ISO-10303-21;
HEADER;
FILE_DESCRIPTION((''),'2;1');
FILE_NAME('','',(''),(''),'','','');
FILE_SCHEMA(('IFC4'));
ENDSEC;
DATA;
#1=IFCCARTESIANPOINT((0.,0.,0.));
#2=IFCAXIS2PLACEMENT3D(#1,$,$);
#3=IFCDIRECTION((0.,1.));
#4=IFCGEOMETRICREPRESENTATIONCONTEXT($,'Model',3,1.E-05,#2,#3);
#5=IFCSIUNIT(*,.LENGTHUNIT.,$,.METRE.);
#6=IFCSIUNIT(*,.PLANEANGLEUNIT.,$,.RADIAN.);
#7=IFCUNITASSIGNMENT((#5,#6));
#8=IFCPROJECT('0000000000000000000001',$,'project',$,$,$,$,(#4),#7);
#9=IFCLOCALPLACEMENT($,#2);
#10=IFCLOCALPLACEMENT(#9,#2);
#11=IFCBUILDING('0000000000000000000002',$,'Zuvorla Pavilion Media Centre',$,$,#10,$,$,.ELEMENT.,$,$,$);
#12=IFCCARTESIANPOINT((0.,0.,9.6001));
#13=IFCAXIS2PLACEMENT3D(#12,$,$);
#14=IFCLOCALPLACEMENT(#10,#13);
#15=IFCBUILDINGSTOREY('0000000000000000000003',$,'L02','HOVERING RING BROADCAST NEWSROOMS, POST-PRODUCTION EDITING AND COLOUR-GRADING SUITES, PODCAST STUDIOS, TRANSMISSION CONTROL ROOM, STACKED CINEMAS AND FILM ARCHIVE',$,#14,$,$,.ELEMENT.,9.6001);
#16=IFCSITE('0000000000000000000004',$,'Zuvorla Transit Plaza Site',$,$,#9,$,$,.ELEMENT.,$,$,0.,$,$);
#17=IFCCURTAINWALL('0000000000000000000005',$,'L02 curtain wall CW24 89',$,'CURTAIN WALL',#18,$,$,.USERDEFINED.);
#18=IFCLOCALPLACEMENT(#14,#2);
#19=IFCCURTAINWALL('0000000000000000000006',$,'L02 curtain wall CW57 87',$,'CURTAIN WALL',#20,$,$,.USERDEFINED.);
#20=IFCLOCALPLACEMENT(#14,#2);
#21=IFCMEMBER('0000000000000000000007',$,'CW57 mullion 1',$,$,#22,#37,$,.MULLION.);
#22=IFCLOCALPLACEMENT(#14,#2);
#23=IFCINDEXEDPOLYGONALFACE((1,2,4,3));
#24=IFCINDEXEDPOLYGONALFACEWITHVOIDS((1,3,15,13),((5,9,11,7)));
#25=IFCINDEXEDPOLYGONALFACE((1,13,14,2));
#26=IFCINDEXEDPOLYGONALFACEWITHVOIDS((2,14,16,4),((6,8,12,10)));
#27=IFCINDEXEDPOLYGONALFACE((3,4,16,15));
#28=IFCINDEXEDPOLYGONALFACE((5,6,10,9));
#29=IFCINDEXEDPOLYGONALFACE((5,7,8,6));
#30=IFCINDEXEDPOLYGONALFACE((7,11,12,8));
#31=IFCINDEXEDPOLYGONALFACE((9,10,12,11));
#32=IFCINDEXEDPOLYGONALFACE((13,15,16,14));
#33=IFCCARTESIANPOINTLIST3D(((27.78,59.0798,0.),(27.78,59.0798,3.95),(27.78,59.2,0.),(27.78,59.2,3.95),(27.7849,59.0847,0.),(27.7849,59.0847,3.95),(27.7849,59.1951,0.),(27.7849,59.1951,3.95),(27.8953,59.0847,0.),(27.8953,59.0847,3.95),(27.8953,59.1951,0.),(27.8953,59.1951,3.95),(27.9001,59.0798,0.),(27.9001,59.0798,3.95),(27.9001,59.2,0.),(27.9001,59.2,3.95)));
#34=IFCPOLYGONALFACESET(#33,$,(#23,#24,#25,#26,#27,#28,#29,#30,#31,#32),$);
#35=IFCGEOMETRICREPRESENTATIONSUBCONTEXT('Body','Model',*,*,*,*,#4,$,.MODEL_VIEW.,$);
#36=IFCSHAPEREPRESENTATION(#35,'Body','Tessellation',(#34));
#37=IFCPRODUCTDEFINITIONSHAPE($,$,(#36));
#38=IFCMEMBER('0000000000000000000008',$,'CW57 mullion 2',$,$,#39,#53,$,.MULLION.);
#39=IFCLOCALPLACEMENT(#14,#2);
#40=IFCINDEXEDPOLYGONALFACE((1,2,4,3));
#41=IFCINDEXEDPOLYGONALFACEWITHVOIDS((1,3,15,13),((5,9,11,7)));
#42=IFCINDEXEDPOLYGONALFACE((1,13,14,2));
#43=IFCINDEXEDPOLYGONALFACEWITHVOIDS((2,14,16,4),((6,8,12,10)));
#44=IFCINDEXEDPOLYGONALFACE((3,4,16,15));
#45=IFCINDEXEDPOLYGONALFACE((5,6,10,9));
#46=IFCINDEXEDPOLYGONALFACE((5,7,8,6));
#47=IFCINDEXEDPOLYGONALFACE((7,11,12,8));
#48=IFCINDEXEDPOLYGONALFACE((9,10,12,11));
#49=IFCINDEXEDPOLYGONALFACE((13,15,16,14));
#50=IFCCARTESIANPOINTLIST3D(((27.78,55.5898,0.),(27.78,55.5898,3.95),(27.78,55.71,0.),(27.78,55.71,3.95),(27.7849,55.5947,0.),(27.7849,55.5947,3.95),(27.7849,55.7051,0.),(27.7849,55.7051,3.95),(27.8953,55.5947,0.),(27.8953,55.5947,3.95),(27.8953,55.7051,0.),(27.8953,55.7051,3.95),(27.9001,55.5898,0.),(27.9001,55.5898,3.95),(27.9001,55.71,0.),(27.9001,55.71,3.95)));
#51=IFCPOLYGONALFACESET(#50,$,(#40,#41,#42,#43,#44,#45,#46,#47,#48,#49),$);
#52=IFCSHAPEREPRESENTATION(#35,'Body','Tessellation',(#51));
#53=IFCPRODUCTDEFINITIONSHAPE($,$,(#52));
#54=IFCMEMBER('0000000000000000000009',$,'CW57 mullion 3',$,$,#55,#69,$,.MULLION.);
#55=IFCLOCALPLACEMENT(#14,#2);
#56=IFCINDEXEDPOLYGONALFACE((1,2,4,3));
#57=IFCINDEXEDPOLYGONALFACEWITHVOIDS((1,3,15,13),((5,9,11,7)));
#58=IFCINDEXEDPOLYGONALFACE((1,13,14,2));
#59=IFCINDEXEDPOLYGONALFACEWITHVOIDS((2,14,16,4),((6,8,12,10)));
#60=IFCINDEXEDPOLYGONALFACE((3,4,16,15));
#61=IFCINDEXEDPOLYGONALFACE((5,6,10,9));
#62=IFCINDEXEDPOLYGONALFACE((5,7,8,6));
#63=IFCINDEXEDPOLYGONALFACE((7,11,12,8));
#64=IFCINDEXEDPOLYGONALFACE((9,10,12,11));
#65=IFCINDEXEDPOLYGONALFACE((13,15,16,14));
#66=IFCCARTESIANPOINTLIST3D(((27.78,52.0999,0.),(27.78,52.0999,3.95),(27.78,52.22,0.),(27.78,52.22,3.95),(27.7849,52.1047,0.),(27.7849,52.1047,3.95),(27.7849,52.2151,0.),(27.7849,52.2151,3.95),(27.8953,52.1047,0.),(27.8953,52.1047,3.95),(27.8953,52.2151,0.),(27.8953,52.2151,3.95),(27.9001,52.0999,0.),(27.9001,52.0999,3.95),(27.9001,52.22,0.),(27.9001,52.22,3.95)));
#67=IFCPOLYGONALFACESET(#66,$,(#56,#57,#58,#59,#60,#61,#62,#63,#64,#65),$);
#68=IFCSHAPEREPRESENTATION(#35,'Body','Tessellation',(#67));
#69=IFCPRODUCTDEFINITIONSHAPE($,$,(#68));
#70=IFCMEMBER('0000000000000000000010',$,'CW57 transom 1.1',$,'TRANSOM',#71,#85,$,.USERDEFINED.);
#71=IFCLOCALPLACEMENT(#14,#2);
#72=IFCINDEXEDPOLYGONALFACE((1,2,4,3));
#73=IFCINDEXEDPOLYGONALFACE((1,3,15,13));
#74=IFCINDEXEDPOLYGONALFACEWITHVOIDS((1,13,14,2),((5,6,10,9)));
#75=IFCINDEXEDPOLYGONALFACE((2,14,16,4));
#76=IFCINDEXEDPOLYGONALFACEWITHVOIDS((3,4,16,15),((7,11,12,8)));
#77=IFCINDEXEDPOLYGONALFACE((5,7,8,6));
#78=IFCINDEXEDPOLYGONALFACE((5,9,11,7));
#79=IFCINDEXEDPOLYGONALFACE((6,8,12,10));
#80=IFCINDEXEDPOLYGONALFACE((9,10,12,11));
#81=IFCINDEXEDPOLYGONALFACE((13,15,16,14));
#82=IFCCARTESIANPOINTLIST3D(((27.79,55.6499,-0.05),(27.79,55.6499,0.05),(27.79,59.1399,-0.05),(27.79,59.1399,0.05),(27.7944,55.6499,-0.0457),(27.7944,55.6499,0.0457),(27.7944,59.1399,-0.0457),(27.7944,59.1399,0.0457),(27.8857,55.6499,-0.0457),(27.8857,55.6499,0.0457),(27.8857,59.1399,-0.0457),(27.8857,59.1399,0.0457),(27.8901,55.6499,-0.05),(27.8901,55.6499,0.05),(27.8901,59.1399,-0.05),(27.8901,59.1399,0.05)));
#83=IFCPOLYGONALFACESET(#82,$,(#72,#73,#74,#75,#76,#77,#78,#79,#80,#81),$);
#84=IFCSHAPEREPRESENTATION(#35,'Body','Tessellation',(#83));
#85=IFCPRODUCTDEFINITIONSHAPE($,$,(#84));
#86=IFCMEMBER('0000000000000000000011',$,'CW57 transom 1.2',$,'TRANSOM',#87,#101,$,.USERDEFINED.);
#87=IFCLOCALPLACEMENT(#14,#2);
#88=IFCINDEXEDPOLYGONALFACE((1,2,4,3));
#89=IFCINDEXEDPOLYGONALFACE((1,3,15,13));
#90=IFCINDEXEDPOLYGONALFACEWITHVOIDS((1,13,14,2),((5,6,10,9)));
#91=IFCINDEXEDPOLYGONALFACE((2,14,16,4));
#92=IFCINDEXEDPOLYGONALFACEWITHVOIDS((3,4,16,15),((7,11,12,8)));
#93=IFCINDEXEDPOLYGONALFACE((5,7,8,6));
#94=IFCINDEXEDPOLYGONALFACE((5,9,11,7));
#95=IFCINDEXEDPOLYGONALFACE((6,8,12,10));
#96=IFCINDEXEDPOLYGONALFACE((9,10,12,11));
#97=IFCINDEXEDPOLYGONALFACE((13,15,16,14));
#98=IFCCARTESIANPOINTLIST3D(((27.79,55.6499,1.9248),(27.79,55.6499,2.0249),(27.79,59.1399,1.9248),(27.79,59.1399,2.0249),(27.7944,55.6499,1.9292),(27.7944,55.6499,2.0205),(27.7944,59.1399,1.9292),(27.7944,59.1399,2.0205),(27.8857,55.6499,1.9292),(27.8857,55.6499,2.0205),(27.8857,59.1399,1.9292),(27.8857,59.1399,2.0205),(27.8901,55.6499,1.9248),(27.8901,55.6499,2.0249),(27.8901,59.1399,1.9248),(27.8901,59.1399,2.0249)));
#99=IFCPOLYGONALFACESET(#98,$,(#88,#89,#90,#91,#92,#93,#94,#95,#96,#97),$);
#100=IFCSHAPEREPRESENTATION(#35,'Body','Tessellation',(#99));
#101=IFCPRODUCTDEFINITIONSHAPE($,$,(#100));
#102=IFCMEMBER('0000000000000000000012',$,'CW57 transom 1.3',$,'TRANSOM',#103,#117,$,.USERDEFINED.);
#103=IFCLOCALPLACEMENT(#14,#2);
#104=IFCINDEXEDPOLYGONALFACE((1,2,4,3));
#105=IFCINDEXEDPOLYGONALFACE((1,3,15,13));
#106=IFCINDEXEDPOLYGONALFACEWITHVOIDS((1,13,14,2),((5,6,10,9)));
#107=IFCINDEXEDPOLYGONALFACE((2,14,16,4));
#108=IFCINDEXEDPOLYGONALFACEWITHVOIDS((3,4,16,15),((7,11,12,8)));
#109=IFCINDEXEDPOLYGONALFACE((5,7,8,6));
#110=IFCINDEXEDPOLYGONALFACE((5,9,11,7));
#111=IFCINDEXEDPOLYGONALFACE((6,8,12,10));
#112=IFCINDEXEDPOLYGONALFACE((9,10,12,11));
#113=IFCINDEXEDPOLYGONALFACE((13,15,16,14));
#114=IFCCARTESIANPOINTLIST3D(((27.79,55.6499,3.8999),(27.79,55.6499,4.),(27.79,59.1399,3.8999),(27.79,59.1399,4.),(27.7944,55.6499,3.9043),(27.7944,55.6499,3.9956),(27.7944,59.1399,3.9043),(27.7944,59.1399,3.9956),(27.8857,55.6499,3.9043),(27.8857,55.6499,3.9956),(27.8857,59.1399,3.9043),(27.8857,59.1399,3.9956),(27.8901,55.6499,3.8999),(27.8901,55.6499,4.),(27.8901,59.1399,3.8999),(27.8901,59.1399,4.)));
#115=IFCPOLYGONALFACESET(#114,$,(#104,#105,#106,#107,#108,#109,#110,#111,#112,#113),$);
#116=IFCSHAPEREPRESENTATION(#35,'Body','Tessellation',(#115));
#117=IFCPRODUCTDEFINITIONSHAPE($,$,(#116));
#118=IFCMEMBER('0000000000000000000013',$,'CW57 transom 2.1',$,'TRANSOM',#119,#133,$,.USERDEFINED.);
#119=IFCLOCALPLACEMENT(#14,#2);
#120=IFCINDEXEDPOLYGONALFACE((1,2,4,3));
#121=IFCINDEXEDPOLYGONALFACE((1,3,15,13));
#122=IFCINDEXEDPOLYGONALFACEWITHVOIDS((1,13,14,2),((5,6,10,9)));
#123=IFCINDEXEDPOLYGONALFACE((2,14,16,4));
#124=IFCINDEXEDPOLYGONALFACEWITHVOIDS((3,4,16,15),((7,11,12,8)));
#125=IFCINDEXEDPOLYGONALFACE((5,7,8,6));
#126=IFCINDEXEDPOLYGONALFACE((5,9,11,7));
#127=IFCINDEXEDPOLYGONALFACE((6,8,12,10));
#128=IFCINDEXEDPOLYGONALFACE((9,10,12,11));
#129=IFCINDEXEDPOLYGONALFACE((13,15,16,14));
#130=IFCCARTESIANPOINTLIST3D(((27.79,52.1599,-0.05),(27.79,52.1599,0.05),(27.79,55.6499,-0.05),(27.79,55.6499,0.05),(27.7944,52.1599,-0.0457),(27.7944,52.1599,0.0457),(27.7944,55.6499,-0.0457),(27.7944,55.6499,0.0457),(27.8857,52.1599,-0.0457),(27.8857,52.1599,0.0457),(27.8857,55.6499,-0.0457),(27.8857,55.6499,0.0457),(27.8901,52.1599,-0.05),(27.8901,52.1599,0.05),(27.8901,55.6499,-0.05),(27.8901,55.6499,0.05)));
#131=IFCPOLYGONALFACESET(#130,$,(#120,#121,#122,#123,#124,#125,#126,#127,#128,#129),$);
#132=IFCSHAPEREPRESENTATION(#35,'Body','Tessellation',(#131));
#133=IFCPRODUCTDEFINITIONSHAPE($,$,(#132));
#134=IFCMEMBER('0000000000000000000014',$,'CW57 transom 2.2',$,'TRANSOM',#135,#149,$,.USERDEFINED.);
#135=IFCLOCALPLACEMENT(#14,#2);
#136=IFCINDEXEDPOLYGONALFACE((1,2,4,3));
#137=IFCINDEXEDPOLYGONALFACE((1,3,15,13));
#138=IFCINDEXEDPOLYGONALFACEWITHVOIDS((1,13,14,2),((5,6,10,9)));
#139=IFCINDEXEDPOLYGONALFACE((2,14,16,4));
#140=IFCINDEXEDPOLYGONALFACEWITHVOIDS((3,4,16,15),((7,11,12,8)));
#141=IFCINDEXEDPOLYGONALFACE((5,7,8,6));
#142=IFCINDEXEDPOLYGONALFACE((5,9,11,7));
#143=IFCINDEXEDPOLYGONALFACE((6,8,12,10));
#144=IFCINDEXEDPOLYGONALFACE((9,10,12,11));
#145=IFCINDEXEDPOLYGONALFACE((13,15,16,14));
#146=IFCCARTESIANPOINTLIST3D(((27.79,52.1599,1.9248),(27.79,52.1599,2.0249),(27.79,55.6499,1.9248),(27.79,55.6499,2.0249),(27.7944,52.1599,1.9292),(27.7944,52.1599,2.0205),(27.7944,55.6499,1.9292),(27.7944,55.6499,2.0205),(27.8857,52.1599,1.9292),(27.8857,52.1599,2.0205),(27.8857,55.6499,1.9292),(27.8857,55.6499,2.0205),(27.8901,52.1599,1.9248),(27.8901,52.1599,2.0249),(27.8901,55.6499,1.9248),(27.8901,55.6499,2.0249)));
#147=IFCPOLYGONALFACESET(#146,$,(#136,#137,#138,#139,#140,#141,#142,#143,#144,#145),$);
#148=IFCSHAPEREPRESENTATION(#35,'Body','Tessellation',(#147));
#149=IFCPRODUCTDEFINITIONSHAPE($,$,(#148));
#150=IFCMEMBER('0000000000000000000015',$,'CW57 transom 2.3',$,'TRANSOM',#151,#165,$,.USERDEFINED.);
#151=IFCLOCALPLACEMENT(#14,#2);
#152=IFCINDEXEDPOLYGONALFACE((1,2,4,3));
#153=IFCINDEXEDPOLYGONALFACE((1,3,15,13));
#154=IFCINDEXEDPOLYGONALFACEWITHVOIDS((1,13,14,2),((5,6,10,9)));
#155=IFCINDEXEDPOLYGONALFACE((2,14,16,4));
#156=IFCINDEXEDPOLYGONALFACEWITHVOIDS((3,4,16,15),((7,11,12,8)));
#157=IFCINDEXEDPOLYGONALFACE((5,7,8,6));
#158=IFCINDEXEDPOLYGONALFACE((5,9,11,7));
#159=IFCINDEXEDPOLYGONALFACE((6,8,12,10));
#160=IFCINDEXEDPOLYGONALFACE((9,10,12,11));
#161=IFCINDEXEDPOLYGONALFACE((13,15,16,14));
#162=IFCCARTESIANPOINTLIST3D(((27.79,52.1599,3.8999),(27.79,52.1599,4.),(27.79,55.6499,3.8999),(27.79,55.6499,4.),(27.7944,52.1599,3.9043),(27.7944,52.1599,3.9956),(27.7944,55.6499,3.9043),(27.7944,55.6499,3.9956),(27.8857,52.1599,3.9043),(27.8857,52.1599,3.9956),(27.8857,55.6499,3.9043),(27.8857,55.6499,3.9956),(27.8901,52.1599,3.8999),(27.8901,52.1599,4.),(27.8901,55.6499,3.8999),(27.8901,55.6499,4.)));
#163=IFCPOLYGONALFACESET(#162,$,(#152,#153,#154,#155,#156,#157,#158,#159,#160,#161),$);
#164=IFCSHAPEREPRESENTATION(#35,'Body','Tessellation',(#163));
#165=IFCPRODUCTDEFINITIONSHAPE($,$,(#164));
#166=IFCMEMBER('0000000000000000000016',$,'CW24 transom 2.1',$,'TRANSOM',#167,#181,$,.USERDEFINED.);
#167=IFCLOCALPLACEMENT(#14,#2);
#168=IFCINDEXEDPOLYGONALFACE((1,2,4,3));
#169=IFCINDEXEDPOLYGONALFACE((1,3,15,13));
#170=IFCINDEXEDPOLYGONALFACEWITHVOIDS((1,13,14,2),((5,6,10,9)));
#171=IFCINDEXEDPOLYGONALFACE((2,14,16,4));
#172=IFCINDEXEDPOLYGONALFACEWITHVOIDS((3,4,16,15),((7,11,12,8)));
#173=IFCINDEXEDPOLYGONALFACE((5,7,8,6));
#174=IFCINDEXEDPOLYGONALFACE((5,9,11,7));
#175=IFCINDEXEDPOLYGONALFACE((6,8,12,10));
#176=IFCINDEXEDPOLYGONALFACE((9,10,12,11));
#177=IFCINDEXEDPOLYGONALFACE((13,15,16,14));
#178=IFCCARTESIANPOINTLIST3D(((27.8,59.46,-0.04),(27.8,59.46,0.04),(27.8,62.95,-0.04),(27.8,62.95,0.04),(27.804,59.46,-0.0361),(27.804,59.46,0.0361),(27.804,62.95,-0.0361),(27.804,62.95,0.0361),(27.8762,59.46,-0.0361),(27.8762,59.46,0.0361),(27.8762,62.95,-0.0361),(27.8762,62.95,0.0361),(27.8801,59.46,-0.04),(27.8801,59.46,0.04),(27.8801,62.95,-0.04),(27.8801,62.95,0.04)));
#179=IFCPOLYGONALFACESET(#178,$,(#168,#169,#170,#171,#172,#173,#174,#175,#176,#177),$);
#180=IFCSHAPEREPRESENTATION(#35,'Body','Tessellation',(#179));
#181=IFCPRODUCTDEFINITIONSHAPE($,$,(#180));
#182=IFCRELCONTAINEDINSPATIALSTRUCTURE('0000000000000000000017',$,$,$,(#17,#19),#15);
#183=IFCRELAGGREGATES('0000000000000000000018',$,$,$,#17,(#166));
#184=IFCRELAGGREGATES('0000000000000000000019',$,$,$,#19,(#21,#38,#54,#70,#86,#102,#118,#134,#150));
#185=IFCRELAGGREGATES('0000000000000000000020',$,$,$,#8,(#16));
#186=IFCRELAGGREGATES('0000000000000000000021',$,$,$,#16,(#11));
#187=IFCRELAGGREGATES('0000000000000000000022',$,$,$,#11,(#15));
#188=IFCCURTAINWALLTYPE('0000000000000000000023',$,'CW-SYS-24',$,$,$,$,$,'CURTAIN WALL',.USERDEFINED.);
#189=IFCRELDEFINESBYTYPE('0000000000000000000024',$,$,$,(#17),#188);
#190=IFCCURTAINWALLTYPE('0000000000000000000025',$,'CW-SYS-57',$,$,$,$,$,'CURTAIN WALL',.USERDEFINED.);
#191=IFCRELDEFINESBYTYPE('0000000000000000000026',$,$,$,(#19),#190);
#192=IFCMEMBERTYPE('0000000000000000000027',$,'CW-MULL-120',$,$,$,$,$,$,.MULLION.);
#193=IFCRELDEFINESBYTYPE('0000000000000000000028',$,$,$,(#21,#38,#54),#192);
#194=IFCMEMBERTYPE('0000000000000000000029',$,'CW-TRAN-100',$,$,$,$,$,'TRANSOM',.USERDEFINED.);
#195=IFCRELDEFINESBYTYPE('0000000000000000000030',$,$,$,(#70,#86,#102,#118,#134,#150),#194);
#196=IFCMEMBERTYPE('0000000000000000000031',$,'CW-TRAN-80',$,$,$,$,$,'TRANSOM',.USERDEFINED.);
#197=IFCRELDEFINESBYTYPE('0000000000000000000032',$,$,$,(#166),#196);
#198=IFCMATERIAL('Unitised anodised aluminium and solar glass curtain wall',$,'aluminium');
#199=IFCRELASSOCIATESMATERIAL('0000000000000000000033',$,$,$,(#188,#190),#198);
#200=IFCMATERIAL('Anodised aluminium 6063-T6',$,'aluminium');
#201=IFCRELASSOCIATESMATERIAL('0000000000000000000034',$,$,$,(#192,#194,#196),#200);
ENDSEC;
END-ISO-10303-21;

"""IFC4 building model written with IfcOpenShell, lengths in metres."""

from ifc_helpers import new_model, si_unit, direction, frame, origin, origin_2d, place, context, subcontext, project, spatial, hollow_rectangle, extrude, material, material_profile, profile_set, type_object, element, aggregate, save


model = new_model("IFC4")

# Units and contexts
model_context = context("Model", 3, precision=1e-05, world=origin(), true_north=direction((0.0, 1.0)))
body_context = subcontext(model_context, "Body", "Model", "MODEL_VIEW")
ifc_project = project(units=[si_unit("LENGTHUNIT", "METRE"), si_unit("PLANEANGLEUNIT", "RADIAN")], contexts=[model_context])

# Site, building, storey
site_placement = place(None, origin())
site = spatial("IfcSite", under=ifc_project, at=site_placement, Name="Zuvorla Transit Plaza Site", CompositionType="ELEMENT", RefElevation=0.0)
building_placement = place(site_placement, origin())
building = spatial("IfcBuilding", under=site, at=building_placement, Name="Zuvorla Pavilion Media Centre", CompositionType="ELEMENT")
storey_placement = place(building_placement, frame((0.0, 0.0, 9.6001)))
storey = spatial("IfcBuildingStorey", under=building, at=storey_placement, Name="L02", Description="HOVERING RING BROADCAST NEWSROOMS, POST-PRODUCTION EDITING AND COLOUR-GRADING SUITES, PODCAST STUDIOS, TRANSMISSION CONTROL ROOM, STACKED CINEMAS AND FILM ARCHIVE", CompositionType="ELEMENT", Elevation=9.6001)

# Curtain walls, members
ifc_material_1 = material(Name="Unitised anodised aluminium and solar glass curtain wall", Category="aluminium")
curtain_wall_type_1 = type_object("IfcCurtainWallType", Name="CW-SYS-24", ElementType="CURTAIN WALL", PredefinedType="USERDEFINED", material=ifc_material_1)
curtain_wall_1_placement = place(storey_placement, origin())
curtain_wall_1 = element("IfcCurtainWall", 1, at=curtain_wall_1_placement, inside=storey, type_object=curtain_wall_type_1, Name="L02 curtain wall CW24 89", ObjectType="CURTAIN WALL", PredefinedType="USERDEFINED")
ifc_material_2 = material(Name="Anodised aluminium 6063-T6", Category="aluminium")
curtain_wall_type_2 = type_object("IfcCurtainWallType", Name="CW-SYS-57", ElementType="CURTAIN WALL", PredefinedType="USERDEFINED", material=ifc_material_1)
curtain_wall_2_placement = place(storey_placement, origin())
curtain_wall_2 = element("IfcCurtainWall", 2, at=curtain_wall_2_placement, inside=storey, type_object=curtain_wall_type_2, Name="L02 curtain wall CW57 87", ObjectType="CURTAIN WALL", PredefinedType="USERDEFINED")
ifc_material_profile_1 = material_profile(ifc_material_2, hollow_rectangle(XDim=0.1201, YDim=0.1201, WallThickness=0.0049, at=origin_2d()), Name="ALU MULL 120x120")
ifc_profile_set_1 = profile_set([ifc_material_profile_1], Name="Anodised aluminium 6063-T6")
member_type_1 = type_object("IfcMemberType", Name="CW-MULL-120", PredefinedType="MULLION", material=ifc_profile_set_1)
member_1_placement = place(storey_placement, frame((27.8401, 59.1399, 0.0), z_axis=(0.0, 0.0, 1.0), x_axis=(1.0, 0.0, 0.0)))
member_1 = element("IfcMember", 3, at=member_1_placement, type_object=member_type_1, Name="CW57 mullion 1", PredefinedType="MULLION", context=body_context, shape_type="SweptSolid", body=[
    extrude(hollow_rectangle(XDim=0.1201, YDim=0.1201, WallThickness=0.0049, at=origin_2d()), origin(), (0.0, 0.0, 1.0), 3.95),
])
member_2_placement = place(storey_placement, frame((27.8401, 55.6499, 0.0), z_axis=(0.0, 0.0, 1.0), x_axis=(1.0, 0.0, 0.0)))
member_2 = element("IfcMember", 4, at=member_2_placement, type_object=member_type_1, Name="CW57 mullion 2", PredefinedType="MULLION", context=body_context, shape_type="SweptSolid", body=[
    extrude(hollow_rectangle(XDim=0.1201, YDim=0.1201, WallThickness=0.0049, at=origin_2d()), origin(), (0.0, 0.0, 1.0), 3.95),
])
member_3_placement = place(storey_placement, frame((27.8401, 52.1599, 0.0), z_axis=(0.0, 0.0, 1.0), x_axis=(1.0, 0.0, 0.0)))
member_3 = element("IfcMember", 5, at=member_3_placement, type_object=member_type_1, Name="CW57 mullion 3", PredefinedType="MULLION", context=body_context, shape_type="SweptSolid", body=[
    extrude(hollow_rectangle(XDim=0.1201, YDim=0.1201, WallThickness=0.0049, at=origin_2d()), origin(), (0.0, 0.0, 1.0), 3.95),
])
ifc_material_profile_2 = material_profile(ifc_material_2, hollow_rectangle(XDim=0.1001, YDim=0.1001, WallThickness=0.0044, at=origin_2d()), Name="ALU TRAN 100x100")
ifc_profile_set_2 = profile_set([ifc_material_profile_2], Name="Anodised aluminium 6063-T6")
member_type_2 = type_object("IfcMemberType", Name="CW-TRAN-100", ElementType="TRANSOM", PredefinedType="USERDEFINED", material=ifc_profile_set_2)
member_4_placement = place(storey_placement, frame((27.8401, 59.1399, 0.0), z_axis=(0.0, -1.0, 0.0), x_axis=(1.0, 0.0, 0.0)))
member_4 = element("IfcMember", 6, at=member_4_placement, type_object=member_type_2, Name="CW57 transom 1.1", ObjectType="TRANSOM", PredefinedType="USERDEFINED", context=body_context, shape_type="SweptSolid", body=[
    extrude(hollow_rectangle(XDim=0.1001, YDim=0.1001, WallThickness=0.0044, at=origin_2d()), origin(), (0.0, 0.0, 1.0), 3.49),
])
member_5_placement = place(storey_placement, frame((27.8401, 59.1399, 1.9749), z_axis=(0.0, -1.0, 0.0), x_axis=(1.0, 0.0, 0.0)))
member_5 = element("IfcMember", 7, at=member_5_placement, type_object=member_type_2, Name="CW57 transom 1.2", ObjectType="TRANSOM", PredefinedType="USERDEFINED", context=body_context, shape_type="SweptSolid", body=[
    extrude(hollow_rectangle(XDim=0.1001, YDim=0.1001, WallThickness=0.0044, at=origin_2d()), origin(), (0.0, 0.0, 1.0), 3.49),
])
member_6_placement = place(storey_placement, frame((27.8401, 59.1399, 3.95), z_axis=(0.0, -1.0, 0.0), x_axis=(1.0, 0.0, 0.0)))
member_6 = element("IfcMember", 8, at=member_6_placement, type_object=member_type_2, Name="CW57 transom 1.3", ObjectType="TRANSOM", PredefinedType="USERDEFINED", context=body_context, shape_type="SweptSolid", body=[
    extrude(hollow_rectangle(XDim=0.1001, YDim=0.1001, WallThickness=0.0044, at=origin_2d()), origin(), (0.0, 0.0, 1.0), 3.49),
])
member_7_placement = place(storey_placement, frame((27.8401, 55.6499, 0.0), z_axis=(0.0, -1.0, 0.0), x_axis=(1.0, 0.0, 0.0)))
member_7 = element("IfcMember", 9, at=member_7_placement, type_object=member_type_2, Name="CW57 transom 2.1", ObjectType="TRANSOM", PredefinedType="USERDEFINED", context=body_context, shape_type="SweptSolid", body=[
    extrude(hollow_rectangle(XDim=0.1001, YDim=0.1001, WallThickness=0.0044, at=origin_2d()), origin(), (0.0, 0.0, 1.0), 3.49),
])
member_8_placement = place(storey_placement, frame((27.8401, 55.6499, 1.9749), z_axis=(0.0, -1.0, 0.0), x_axis=(1.0, 0.0, 0.0)))
member_8 = element("IfcMember", 10, at=member_8_placement, type_object=member_type_2, Name="CW57 transom 2.2", ObjectType="TRANSOM", PredefinedType="USERDEFINED", context=body_context, shape_type="SweptSolid", body=[
    extrude(hollow_rectangle(XDim=0.1001, YDim=0.1001, WallThickness=0.0044, at=origin_2d()), origin(), (0.0, 0.0, 1.0), 3.49),
])
member_9_placement = place(storey_placement, frame((27.8401, 55.6499, 3.95), z_axis=(0.0, -1.0, 0.0), x_axis=(1.0, 0.0, 0.0)))
member_9 = element("IfcMember", 11, at=member_9_placement, type_object=member_type_2, Name="CW57 transom 2.3", ObjectType="TRANSOM", PredefinedType="USERDEFINED", context=body_context, shape_type="SweptSolid", body=[
    extrude(hollow_rectangle(XDim=0.1001, YDim=0.1001, WallThickness=0.0044, at=origin_2d()), origin(), (0.0, 0.0, 1.0), 3.49),
])

# Member
ifc_material_profile_3 = material_profile(ifc_material_2, hollow_rectangle(XDim=0.0801, YDim=0.0801, WallThickness=0.0039, at=origin_2d()), Name="ALU TRAN 80x80")
ifc_profile_set_3 = profile_set([ifc_material_profile_3], Name="Anodised aluminium 6063-T6")
member_type_3 = type_object("IfcMemberType", Name="CW-TRAN-80", ElementType="TRANSOM", PredefinedType="USERDEFINED", material=ifc_profile_set_3)
member_10_placement = place(storey_placement, frame((27.8401, 62.95, 0.0), z_axis=(0.0, -1.0, 0.0), x_axis=(1.0, 0.0, 0.0)))
member_10 = element("IfcMember", 12, at=member_10_placement, type_object=member_type_3, Name="CW24 transom 2.1", ObjectType="TRANSOM", PredefinedType="USERDEFINED", context=body_context, shape_type="SweptSolid", body=[
    extrude(hollow_rectangle(XDim=0.0801, YDim=0.0801, WallThickness=0.0039, at=origin_2d()), origin(), (0.0, 0.0, 1.0), 3.49),
])

aggregate(curtain_wall_1, [member_10])
aggregate(curtain_wall_2, [member_1, member_2, member_3, member_4, member_5, member_6, member_7, member_8, member_9])

save(model, "model.ifc")
